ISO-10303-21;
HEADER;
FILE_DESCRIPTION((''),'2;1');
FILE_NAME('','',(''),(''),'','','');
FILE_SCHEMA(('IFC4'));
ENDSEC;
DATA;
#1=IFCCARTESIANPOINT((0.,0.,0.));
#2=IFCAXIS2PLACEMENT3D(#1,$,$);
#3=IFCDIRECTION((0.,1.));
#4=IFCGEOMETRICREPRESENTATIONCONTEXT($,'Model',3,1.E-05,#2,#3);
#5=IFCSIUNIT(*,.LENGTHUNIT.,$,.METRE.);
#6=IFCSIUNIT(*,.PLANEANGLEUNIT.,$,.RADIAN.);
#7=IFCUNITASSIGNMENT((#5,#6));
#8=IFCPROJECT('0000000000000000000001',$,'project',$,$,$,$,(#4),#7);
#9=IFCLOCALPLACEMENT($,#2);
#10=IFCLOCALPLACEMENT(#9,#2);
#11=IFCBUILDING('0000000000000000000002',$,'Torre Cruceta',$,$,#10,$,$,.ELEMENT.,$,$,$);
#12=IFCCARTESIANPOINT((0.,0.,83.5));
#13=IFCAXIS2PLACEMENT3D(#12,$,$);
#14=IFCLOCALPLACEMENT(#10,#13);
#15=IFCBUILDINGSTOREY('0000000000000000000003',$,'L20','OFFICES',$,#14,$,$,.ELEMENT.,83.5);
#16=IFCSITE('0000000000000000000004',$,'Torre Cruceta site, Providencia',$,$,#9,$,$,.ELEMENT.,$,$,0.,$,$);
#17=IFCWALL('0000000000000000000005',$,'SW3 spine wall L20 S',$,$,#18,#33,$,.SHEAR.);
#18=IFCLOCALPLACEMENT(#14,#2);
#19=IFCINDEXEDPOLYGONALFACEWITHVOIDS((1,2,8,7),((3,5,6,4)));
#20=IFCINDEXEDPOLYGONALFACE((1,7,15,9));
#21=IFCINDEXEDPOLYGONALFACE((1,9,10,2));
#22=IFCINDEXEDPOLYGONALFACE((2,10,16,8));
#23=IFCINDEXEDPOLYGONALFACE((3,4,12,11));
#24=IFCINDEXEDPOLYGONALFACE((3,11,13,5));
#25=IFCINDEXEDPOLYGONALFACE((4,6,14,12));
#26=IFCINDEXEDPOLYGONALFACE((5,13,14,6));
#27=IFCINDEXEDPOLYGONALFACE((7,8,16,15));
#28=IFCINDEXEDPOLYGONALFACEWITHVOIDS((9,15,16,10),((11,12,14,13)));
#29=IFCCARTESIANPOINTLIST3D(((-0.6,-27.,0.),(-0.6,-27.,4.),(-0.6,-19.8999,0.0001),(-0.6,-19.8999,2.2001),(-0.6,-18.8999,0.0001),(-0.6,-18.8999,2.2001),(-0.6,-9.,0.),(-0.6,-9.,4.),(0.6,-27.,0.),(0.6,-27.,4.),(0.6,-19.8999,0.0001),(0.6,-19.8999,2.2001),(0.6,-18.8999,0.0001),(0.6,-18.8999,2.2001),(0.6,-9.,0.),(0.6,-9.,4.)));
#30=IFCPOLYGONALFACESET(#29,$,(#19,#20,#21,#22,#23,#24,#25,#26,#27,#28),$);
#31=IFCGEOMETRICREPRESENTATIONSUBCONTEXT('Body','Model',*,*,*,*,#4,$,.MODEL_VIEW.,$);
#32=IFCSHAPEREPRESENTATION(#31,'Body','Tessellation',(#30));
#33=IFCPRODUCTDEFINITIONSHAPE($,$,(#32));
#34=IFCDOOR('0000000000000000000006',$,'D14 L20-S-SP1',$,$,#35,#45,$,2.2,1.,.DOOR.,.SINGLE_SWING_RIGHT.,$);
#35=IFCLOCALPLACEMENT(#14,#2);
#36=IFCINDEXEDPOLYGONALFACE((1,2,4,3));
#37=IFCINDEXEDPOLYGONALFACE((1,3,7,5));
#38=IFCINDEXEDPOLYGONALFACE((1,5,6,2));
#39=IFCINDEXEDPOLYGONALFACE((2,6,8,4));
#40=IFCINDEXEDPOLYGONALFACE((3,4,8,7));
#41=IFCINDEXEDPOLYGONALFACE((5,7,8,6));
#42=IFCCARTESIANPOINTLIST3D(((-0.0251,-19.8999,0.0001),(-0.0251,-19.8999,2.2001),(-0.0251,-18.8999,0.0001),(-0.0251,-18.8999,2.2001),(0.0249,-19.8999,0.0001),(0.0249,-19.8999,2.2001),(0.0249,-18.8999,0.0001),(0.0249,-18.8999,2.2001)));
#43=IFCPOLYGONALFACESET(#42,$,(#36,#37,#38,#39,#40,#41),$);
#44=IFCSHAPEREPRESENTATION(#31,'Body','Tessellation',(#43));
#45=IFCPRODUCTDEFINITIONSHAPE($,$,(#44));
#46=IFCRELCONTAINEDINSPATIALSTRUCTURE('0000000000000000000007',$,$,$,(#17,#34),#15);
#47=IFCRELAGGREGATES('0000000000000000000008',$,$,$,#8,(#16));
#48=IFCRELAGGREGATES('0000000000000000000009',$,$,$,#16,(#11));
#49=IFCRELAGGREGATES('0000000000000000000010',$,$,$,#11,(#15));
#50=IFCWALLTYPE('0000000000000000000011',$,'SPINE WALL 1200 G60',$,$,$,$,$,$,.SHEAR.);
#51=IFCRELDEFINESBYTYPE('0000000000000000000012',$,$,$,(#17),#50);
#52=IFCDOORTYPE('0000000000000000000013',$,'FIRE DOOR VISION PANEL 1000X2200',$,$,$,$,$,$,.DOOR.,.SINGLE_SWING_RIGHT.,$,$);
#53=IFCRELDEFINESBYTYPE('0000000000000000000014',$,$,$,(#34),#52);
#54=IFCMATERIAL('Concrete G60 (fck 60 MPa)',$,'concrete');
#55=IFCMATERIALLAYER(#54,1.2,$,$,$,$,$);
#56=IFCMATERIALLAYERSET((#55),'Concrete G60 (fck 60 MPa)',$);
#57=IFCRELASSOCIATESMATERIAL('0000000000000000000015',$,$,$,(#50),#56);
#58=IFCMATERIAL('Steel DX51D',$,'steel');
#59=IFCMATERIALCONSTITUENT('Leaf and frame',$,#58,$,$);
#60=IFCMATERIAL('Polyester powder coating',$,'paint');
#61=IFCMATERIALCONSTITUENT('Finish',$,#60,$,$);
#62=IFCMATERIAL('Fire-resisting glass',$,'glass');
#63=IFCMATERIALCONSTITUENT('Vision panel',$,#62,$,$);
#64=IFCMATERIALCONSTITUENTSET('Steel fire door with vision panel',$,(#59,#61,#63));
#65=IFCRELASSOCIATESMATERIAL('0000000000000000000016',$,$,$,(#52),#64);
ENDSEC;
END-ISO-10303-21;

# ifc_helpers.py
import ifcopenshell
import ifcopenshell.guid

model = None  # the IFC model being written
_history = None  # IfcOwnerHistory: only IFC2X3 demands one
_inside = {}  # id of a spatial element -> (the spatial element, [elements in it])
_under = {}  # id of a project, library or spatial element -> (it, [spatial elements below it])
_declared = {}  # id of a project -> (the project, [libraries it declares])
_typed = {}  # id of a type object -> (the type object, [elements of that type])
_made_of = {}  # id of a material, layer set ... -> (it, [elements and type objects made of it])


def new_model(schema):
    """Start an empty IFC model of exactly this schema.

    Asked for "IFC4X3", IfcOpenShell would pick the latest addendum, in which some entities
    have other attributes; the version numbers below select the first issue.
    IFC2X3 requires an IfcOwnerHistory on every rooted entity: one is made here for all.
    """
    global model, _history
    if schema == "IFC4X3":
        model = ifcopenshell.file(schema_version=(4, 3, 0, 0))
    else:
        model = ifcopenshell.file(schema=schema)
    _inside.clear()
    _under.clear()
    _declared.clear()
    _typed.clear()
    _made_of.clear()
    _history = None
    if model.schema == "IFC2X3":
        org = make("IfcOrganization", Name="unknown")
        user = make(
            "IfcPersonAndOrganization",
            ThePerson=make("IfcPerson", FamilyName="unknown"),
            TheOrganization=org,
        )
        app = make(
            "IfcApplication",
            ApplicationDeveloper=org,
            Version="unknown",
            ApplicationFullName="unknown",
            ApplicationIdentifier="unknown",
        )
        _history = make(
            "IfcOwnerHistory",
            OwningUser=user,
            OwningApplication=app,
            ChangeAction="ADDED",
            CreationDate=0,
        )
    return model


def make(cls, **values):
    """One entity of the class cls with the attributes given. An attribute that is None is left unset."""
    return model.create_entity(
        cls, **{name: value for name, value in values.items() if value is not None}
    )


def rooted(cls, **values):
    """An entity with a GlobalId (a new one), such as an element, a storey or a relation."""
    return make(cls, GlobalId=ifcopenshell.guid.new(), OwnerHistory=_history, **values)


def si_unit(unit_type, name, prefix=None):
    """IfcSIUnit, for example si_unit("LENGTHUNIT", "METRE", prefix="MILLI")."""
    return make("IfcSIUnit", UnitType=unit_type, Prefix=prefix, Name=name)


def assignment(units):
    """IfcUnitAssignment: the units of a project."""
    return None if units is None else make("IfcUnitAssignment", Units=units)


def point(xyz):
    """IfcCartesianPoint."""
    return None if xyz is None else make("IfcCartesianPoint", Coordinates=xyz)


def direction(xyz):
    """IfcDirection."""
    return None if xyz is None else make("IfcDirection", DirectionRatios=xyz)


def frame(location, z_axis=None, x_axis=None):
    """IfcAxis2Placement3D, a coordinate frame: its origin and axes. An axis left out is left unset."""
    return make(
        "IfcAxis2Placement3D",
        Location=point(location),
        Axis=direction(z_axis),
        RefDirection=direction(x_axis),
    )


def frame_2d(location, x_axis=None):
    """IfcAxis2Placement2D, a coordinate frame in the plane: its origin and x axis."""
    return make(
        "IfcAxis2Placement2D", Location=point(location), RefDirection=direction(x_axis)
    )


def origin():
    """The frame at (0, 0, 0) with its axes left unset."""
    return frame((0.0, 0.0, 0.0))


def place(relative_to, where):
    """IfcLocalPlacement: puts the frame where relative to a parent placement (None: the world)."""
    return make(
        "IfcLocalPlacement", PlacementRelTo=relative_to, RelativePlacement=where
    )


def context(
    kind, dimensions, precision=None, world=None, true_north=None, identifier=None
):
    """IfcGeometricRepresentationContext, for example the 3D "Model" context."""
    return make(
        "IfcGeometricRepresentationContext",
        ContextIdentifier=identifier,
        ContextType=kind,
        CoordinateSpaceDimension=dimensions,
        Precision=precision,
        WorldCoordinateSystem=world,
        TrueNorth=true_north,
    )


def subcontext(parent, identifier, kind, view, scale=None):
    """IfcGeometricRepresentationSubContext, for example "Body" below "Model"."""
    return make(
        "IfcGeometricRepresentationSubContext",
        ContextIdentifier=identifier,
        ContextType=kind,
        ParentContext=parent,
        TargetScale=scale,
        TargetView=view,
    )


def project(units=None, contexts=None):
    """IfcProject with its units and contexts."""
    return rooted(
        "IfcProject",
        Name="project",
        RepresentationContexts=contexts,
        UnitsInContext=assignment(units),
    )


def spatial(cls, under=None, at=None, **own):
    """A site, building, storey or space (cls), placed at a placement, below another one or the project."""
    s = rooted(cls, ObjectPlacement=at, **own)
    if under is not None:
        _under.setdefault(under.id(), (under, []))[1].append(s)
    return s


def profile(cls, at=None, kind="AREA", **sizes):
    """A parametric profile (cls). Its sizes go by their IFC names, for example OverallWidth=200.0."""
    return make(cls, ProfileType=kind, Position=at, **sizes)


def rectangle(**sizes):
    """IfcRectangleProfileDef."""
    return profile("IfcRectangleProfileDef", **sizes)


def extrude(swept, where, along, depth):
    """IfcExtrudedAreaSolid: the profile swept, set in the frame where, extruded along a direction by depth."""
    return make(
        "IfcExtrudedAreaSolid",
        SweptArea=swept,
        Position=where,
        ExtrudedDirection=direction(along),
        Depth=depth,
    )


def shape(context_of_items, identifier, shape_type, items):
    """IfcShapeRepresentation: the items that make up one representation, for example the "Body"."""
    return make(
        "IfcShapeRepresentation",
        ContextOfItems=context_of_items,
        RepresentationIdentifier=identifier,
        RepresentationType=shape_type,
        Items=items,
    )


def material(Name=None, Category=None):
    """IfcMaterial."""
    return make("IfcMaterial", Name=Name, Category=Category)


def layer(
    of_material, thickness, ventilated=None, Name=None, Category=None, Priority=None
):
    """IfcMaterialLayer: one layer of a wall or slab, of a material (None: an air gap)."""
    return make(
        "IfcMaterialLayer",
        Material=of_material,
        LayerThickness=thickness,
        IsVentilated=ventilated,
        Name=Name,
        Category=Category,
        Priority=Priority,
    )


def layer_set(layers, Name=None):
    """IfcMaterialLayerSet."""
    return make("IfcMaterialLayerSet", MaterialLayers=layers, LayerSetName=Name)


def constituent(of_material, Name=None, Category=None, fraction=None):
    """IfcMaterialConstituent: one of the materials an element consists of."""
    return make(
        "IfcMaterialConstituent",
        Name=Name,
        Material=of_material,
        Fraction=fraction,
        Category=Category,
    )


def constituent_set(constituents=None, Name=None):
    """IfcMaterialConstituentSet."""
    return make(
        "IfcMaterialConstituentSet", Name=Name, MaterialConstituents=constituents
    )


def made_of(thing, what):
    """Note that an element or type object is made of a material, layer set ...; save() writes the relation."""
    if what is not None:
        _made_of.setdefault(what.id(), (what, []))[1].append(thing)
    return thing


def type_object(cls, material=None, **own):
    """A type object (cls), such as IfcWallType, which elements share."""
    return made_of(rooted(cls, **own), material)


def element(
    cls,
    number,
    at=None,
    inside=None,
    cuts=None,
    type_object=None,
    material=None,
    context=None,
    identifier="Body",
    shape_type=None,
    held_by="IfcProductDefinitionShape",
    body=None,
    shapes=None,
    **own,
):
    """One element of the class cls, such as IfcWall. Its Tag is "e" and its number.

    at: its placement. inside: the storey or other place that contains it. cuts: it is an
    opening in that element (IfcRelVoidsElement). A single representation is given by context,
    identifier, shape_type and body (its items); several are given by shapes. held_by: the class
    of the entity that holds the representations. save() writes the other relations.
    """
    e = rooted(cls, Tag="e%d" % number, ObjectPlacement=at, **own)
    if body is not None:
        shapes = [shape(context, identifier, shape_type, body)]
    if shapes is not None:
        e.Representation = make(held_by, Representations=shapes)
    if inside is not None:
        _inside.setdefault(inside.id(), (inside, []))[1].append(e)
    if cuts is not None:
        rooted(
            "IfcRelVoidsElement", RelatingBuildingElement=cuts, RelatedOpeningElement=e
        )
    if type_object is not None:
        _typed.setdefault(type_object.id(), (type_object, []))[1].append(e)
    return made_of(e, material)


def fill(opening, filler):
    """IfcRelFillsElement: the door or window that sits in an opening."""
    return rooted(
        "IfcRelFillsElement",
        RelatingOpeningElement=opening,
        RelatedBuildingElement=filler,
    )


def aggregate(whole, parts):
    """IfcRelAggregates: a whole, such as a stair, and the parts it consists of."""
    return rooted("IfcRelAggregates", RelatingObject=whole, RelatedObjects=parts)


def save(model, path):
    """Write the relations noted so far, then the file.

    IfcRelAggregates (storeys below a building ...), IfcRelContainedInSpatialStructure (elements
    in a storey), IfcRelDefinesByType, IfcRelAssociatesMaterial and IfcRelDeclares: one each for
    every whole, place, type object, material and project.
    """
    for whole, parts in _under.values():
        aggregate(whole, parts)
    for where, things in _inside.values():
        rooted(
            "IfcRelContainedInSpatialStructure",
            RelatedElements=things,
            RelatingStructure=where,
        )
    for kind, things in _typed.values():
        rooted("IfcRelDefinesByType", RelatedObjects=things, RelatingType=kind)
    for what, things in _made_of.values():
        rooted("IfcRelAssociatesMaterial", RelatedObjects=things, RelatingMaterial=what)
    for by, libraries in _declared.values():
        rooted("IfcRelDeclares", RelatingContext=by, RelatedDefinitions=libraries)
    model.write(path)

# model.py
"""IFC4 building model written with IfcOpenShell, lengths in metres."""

from ifc_helpers import new_model, si_unit, direction, frame, frame_2d, origin, place, context, subcontext, project, spatial, rectangle, extrude, material, layer, layer_set, constituent, constituent_set, type_object, element, fill, save


model = new_model("IFC4")

# Units and contexts
model_context = context("Model", 3, precision=1e-05, world=origin(), true_north=direction((0.0, 1.0)))
body_context = subcontext(model_context, "Body", "Model", "MODEL_VIEW")
ifc_project = project(units=[si_unit("LENGTHUNIT", "METRE"), si_unit("PLANEANGLEUNIT", "RADIAN")], contexts=[model_context])

# Site, building, storey
site_placement = place(None, origin())
site = spatial("IfcSite", under=ifc_project, at=site_placement, Name="Torre Cruceta site, Providencia", CompositionType="ELEMENT", RefElevation=0.0)
building_placement = place(site_placement, origin())
building = spatial("IfcBuilding", under=site, at=building_placement, Name="Torre Cruceta", CompositionType="ELEMENT")
storey_placement = place(building_placement, frame((0.0, 0.0, 83.5)))
storey = spatial("IfcBuildingStorey", under=building, at=storey_placement, Name="L20", Description="OFFICES", CompositionType="ELEMENT", Elevation=83.5)

# Wall, opening, door
ifc_material_1 = material(Name="Concrete G60 (fck 60 MPa)", Category="concrete")
ifc_layer_1 = layer(ifc_material_1, 1.2)
ifc_layer_set_1 = layer_set([ifc_layer_1], Name="Concrete G60 (fck 60 MPa)")
wall_type_1 = type_object("IfcWallType", Name="SPINE WALL 1200 G60", PredefinedType="SHEAR", material=ifc_layer_set_1)
wall_1_placement = place(storey_placement, frame((0.0, -9.0, 0.0), z_axis=(0.0, 0.0, 1.0), x_axis=(0.0, -1.0, 0.0)))
wall_1 = element("IfcWall", 1, at=wall_1_placement, inside=storey, type_object=wall_type_1, Name="SW3 spine wall L20 S", PredefinedType="SHEAR", context=body_context, shape_type="SweptSolid", body=[
    extrude(rectangle(XDim=18.0, YDim=1.2, at=frame_2d((9.0, 0.0))), origin(), (0.0, 0.0, 1.0), 4.0),
])
opening_1_placement = place(wall_1_placement, frame((9.8999, 0.0, 0.0)))
opening_1 = element("IfcOpeningElement", 2, at=opening_1_placement, cuts=wall_1, PredefinedType="OPENING", context=body_context, shape_type="SweptSolid", body=[
    extrude(rectangle(XDim=1.0, YDim=2.2, at=frame_2d((0.5, 1.1001))), frame((0.0, 0.6099, 0.0), z_axis=(0.0, -1.0, 0.0), x_axis=(1.0, 0.0, 0.0)), (0.0, 0.0, 1.0), 1.22),
])
ifc_material_2 = material(Name="Steel DX51D", Category="steel")
ifc_constituent_1 = constituent(ifc_material_2, Name="Leaf and frame")
ifc_material_3 = material(Name="Polyester powder coating", Category="paint")
ifc_constituent_2 = constituent(ifc_material_3, Name="Finish")
ifc_material_4 = material(Name="Fire-resisting glass", Category="glass")
ifc_constituent_3 = constituent(ifc_material_4, Name="Vision panel")
ifc_constituent_set_1 = constituent_set(constituents=[ifc_constituent_1, ifc_constituent_2, ifc_constituent_3], Name="Steel fire door with vision panel")
door_type_1 = type_object("IfcDoorType", Name="FIRE DOOR VISION PANEL 1000X2200", OperationType="SINGLE_SWING_RIGHT", PredefinedType="DOOR", material=ifc_constituent_set_1)
door_1_placement = place(opening_1_placement, origin())
door_1 = element("IfcDoor", 3, at=door_1_placement, inside=storey, type_object=door_type_1, Name="D14 L20-S-SP1", OperationType="SINGLE_SWING_RIGHT", OverallHeight=2.2, OverallWidth=1.0, PredefinedType="DOOR", context=body_context, shape_type="SweptSolid", body=[
    extrude(rectangle(XDim=1.0, YDim=2.2, at=frame_2d((0.5, 1.1001))), frame((0.0, 0.0249, 0.0), z_axis=(0.0, -1.0, 0.0), x_axis=(1.0, 0.0, 0.0)), (0.0, 0.0, 1.0), 0.05),
])
fill(opening_1, door_1)

save(model, "model.ifc")
